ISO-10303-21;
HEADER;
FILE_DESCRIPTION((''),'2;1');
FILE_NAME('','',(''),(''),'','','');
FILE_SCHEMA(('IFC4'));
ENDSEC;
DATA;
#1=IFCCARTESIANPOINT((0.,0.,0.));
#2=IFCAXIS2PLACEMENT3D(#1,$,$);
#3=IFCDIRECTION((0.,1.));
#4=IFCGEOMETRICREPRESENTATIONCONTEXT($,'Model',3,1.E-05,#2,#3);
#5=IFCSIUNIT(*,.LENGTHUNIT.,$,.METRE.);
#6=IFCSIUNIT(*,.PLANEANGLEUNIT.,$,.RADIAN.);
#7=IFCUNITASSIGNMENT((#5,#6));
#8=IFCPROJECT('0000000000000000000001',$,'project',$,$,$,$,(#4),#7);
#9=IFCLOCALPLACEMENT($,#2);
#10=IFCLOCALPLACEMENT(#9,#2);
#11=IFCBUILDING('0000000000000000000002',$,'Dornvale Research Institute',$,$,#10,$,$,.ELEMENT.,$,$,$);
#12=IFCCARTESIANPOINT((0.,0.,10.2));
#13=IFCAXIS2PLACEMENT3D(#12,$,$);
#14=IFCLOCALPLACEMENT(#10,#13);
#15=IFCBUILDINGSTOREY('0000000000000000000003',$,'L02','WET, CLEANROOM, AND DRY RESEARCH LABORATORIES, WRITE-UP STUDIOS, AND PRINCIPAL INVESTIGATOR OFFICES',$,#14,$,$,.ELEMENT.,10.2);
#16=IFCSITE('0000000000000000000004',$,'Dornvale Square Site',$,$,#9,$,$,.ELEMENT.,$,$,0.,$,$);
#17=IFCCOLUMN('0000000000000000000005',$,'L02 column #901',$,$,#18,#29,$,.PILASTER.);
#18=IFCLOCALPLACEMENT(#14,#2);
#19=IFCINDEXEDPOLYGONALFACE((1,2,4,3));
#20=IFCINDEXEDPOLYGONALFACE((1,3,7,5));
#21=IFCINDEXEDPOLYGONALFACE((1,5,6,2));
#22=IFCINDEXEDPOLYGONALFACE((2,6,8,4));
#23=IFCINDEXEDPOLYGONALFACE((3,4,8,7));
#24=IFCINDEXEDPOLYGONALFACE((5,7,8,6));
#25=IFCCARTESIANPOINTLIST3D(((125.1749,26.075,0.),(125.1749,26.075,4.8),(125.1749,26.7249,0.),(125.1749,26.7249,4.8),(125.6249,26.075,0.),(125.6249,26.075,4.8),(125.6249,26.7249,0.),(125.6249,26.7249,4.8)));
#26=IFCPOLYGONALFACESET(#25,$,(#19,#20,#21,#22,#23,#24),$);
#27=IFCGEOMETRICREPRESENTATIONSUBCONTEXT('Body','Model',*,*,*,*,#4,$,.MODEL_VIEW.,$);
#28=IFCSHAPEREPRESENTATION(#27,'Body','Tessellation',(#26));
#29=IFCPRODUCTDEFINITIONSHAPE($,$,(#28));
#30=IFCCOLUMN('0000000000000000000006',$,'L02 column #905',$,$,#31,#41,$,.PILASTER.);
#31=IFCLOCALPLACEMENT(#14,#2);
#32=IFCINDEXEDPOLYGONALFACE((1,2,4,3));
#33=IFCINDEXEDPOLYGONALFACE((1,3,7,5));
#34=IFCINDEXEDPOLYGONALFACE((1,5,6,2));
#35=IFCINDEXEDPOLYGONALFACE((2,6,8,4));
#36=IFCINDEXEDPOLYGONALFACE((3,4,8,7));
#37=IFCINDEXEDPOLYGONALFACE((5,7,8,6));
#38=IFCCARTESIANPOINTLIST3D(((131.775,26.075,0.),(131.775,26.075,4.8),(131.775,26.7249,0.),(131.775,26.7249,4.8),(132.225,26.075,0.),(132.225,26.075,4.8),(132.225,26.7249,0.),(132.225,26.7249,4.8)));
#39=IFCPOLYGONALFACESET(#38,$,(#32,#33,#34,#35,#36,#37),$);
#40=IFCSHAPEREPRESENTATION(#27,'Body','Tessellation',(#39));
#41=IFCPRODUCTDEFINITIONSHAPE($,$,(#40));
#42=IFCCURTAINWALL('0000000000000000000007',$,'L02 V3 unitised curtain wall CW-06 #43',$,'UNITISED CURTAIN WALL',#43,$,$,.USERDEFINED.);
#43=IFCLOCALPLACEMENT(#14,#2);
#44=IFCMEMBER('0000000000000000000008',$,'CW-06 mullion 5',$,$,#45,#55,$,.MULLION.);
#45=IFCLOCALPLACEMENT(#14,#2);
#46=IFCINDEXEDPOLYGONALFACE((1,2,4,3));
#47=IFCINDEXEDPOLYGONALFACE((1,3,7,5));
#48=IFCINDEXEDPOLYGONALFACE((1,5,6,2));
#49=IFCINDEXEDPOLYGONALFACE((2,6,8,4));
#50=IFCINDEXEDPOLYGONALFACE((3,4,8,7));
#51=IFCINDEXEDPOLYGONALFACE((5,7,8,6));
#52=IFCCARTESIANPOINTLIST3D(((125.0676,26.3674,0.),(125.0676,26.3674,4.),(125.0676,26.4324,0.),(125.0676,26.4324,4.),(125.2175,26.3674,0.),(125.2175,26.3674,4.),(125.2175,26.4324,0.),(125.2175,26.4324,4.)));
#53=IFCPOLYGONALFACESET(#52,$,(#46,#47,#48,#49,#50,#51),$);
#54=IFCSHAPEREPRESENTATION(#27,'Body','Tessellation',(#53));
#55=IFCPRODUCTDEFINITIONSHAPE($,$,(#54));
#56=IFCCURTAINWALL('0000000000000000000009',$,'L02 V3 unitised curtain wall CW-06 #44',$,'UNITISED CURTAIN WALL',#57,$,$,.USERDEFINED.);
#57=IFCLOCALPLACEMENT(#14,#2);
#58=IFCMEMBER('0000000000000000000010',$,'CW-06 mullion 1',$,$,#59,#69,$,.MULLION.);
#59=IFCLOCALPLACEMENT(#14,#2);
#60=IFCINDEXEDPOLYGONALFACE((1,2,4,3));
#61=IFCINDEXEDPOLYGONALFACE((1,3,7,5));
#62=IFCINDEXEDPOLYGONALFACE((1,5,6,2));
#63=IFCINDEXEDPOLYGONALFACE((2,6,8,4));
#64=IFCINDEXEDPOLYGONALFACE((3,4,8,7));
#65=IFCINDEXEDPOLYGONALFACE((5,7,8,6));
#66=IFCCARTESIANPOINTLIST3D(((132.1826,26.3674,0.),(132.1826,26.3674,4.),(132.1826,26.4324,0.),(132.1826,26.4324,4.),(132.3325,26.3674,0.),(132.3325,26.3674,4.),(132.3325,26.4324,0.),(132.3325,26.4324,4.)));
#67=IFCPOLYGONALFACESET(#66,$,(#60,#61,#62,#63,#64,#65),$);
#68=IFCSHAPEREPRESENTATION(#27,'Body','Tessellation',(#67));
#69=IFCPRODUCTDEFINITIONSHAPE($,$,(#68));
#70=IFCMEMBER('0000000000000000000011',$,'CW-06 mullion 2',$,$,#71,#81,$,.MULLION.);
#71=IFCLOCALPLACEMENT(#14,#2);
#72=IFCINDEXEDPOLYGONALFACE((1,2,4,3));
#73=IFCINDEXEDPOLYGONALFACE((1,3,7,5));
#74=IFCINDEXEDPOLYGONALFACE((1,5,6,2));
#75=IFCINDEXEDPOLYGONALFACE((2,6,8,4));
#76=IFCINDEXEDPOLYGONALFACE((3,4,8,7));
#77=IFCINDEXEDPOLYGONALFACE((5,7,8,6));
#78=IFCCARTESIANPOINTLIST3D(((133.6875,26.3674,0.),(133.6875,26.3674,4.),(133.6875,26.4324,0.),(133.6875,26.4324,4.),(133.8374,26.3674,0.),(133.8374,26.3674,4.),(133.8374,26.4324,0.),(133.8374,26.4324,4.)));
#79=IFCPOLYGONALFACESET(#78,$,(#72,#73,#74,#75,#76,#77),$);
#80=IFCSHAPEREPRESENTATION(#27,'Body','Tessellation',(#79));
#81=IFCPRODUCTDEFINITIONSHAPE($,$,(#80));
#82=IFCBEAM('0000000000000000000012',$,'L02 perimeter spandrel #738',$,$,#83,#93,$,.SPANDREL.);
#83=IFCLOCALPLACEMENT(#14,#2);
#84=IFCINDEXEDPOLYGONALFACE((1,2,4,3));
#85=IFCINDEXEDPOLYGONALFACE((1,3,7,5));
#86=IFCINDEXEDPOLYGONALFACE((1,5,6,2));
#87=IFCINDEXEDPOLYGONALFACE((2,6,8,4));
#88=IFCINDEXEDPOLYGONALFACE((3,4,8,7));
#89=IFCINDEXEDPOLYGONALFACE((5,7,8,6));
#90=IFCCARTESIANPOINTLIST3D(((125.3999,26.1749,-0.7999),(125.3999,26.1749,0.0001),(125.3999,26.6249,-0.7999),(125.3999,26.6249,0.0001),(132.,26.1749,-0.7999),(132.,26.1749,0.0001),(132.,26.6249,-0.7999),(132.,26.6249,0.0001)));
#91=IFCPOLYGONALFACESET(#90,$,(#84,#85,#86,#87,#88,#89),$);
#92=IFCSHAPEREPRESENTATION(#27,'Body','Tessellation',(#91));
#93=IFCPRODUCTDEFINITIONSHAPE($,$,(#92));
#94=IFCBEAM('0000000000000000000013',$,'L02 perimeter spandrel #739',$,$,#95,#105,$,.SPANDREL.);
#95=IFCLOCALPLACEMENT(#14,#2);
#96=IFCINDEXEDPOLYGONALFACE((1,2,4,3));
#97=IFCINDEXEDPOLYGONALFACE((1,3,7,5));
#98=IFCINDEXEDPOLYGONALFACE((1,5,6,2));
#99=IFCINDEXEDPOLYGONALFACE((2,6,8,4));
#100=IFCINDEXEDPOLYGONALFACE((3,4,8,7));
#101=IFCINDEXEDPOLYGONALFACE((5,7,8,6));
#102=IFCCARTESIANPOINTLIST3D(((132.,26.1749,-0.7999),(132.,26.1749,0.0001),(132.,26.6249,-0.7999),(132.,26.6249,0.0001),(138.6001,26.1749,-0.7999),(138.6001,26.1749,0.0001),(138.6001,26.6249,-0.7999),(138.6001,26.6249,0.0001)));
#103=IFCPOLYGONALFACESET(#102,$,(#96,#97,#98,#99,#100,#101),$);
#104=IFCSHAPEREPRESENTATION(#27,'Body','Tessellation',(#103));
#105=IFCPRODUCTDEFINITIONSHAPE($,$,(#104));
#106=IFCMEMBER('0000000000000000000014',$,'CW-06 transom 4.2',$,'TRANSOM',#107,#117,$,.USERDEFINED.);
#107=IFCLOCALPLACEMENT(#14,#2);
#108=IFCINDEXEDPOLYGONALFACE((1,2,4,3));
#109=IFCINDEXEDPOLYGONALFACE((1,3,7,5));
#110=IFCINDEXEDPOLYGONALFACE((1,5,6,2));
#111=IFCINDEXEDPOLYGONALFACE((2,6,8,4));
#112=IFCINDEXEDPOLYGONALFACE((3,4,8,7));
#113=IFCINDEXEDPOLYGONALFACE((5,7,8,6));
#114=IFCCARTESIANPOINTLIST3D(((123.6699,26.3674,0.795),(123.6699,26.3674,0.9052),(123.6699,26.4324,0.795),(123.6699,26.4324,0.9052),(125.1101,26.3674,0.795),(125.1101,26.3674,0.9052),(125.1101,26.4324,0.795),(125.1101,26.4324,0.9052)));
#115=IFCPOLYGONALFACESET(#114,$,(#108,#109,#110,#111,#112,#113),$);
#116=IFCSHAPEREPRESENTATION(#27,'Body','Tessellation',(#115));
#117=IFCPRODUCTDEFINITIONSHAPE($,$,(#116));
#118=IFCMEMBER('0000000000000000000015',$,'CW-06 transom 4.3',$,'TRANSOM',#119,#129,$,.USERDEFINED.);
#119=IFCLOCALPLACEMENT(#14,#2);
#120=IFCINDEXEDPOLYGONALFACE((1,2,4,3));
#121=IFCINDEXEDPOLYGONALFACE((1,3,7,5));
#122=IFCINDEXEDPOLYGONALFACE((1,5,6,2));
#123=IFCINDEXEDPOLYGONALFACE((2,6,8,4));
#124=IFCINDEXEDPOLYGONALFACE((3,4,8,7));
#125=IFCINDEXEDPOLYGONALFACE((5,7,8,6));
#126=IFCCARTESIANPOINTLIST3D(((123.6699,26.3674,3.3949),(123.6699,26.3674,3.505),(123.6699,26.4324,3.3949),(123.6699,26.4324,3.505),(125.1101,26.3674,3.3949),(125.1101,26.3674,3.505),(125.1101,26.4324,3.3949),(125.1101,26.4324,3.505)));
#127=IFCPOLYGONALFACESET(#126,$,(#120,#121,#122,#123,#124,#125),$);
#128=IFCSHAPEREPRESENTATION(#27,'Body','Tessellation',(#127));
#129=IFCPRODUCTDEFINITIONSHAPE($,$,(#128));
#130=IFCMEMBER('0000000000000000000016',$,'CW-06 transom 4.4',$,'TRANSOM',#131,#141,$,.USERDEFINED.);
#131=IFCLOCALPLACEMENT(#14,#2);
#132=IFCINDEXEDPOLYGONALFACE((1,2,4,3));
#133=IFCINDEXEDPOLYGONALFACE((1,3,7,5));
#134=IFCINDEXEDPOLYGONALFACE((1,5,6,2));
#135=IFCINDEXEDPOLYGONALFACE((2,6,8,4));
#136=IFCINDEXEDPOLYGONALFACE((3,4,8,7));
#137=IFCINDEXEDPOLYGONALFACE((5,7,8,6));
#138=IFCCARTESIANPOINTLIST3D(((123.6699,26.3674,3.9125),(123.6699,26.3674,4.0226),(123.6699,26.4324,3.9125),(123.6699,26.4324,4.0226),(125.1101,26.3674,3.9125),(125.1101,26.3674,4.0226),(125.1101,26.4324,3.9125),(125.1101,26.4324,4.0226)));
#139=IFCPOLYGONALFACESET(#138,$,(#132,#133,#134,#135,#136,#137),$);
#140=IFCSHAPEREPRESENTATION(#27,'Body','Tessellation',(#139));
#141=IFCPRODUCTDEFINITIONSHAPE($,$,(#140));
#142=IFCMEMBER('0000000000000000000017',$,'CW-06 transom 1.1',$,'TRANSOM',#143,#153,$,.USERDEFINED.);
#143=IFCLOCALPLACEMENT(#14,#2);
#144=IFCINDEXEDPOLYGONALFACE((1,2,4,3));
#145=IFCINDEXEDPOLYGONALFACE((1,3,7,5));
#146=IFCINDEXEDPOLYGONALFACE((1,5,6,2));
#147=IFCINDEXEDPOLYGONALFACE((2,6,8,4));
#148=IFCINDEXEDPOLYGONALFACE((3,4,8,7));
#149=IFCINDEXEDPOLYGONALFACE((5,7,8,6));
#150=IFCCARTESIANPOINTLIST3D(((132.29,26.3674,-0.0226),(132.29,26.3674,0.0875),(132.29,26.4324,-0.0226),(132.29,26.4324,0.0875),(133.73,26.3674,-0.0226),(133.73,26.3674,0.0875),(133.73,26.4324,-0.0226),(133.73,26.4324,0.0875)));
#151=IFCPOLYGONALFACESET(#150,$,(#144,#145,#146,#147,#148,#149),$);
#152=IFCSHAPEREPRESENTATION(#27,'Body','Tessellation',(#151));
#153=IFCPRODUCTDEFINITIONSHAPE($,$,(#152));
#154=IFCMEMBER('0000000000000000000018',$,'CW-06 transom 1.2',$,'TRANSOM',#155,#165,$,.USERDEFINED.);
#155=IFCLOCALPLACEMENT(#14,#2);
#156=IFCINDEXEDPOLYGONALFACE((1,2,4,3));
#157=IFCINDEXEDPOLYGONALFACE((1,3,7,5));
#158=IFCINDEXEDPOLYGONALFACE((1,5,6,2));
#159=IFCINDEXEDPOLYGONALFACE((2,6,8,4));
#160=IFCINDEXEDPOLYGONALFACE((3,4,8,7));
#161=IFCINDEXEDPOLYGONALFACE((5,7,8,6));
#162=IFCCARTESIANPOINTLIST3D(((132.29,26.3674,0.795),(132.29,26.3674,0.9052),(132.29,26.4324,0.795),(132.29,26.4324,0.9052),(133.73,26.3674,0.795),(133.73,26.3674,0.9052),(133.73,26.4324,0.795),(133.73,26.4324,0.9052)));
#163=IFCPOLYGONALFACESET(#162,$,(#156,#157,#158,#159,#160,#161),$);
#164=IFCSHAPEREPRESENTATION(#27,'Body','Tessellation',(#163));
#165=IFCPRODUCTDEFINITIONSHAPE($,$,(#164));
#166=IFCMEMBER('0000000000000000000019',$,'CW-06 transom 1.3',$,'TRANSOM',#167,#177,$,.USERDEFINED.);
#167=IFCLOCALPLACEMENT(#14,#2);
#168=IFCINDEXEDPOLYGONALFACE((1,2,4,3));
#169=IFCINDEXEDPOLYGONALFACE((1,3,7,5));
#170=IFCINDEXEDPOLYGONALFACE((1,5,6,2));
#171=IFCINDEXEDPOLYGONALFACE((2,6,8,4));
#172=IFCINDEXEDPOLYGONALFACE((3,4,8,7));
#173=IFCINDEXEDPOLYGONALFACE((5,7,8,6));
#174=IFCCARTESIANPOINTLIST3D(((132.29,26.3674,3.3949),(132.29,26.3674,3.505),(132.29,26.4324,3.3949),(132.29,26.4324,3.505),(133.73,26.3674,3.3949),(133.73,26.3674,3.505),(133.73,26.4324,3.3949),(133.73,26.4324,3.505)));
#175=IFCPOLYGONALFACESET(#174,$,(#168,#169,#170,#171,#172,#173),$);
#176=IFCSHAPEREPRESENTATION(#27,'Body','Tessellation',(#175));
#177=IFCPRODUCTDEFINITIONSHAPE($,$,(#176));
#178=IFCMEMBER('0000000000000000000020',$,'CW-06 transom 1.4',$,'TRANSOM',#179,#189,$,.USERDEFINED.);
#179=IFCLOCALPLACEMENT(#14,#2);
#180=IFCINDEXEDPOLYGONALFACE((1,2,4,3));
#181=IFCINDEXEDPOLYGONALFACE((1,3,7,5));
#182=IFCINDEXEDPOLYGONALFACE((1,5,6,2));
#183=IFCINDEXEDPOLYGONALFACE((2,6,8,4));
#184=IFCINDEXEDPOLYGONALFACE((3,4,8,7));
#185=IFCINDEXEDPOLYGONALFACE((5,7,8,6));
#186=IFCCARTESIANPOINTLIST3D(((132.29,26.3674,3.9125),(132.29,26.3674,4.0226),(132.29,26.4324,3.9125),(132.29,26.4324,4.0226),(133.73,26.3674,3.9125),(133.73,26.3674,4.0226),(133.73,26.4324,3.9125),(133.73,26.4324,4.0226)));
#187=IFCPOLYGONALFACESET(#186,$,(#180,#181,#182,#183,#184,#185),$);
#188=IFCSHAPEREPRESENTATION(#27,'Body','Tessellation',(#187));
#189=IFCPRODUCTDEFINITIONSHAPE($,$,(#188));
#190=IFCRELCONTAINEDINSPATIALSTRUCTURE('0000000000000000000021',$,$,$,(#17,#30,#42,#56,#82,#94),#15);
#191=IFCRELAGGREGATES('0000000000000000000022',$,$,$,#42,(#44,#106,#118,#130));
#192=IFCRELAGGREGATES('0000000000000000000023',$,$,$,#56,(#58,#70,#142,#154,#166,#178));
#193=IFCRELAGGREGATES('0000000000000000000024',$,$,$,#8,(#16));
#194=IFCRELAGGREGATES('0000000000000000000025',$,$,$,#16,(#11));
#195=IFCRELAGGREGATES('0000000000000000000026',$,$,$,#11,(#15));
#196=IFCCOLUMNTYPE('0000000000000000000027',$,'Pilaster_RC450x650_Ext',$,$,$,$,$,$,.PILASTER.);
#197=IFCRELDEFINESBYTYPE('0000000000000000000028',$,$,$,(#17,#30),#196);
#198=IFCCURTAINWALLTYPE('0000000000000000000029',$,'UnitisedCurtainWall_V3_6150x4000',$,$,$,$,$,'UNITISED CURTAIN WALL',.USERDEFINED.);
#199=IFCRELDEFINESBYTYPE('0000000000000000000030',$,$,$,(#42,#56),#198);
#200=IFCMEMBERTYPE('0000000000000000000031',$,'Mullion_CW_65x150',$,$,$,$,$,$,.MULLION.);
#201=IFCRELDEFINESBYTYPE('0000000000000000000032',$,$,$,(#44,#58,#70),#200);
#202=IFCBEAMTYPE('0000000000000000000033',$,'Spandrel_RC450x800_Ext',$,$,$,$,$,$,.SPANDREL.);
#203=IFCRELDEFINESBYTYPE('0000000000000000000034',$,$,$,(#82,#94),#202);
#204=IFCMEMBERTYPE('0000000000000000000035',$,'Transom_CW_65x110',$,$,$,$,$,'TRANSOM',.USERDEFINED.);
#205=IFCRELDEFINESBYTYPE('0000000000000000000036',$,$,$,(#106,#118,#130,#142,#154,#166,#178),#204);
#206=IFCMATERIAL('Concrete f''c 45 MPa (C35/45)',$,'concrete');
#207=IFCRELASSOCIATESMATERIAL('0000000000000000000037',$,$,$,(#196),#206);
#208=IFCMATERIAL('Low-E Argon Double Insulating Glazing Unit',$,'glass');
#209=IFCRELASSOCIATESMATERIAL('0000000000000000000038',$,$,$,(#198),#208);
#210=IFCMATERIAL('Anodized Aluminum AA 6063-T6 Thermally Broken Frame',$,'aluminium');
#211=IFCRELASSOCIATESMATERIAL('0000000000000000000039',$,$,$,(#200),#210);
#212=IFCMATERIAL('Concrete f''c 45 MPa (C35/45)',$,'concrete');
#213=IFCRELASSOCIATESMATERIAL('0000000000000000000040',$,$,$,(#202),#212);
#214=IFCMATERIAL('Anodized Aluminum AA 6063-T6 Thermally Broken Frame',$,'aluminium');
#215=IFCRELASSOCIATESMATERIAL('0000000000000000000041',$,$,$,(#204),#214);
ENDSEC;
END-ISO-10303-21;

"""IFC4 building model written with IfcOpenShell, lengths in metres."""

from ifc_helpers import new_model, si_unit, direction, frame, origin, origin_2d, place, context, subcontext, project, spatial, rectangle, extrude, material, material_profile, profile_set, type_object, element, aggregate, save


model = new_model("IFC4")

# Units and contexts
model_context = context("Model", 3, precision=1e-05, world=origin(), true_north=direction((0.0, 1.0)))
body_context = subcontext(model_context, "Body", "Model", "MODEL_VIEW")
ifc_project = project(units=[si_unit("LENGTHUNIT", "METRE"), si_unit("PLANEANGLEUNIT", "RADIAN")], contexts=[model_context])

# Site, building, storey
site_placement = place(None, origin())
site = spatial("IfcSite", under=ifc_project, at=site_placement, Name="Dornvale Square Site", CompositionType="ELEMENT", RefElevation=0.0)
building_placement = place(site_placement, origin())
building = spatial("IfcBuilding", under=site, at=building_placement, Name="Dornvale Research Institute", CompositionType="ELEMENT")
storey_placement = place(building_placement, frame((0.0, 0.0, 10.2)))
storey = spatial("IfcBuildingStorey", under=building, at=storey_placement, Name="L02", Description="WET, CLEANROOM, AND DRY RESEARCH LABORATORIES, WRITE-UP STUDIOS, AND PRINCIPAL INVESTIGATOR OFFICES", CompositionType="ELEMENT", Elevation=10.2)

# Columns
ifc_material_1 = material(Name="Concrete f'c 45 MPa (C35/45)", Category="concrete")
ifc_material_profile_1 = material_profile(ifc_material_1, rectangle(XDim=0.45, YDim=0.6499, at=origin_2d()), Name="RC 450x650")
ifc_profile_set_1 = profile_set([ifc_material_profile_1], Name="Concrete f'c 45 MPa (C35/45)")
column_type = type_object("IfcColumnType", Name="Pilaster_RC450x650_Ext", PredefinedType="PILASTER", material=ifc_profile_set_1)
for number, where, z_axis, x_axis, name in (
    (1, (125.3999, 26.3999, 0.0), (0.0, 0.0, 1.0), (1.0, 0.0, 0.0), "L02 column #901"),
    (2, (132.0, 26.3999, 0.0), (0.0, 0.0, 1.0), (1.0, 0.0, 0.0), "L02 column #905"),
):
    element("IfcColumn", number, at=place(storey_placement, frame(where, z_axis=z_axis, x_axis=x_axis)), inside=storey, type_object=column_type, Name=name, PredefinedType="PILASTER", context=body_context, shape_type="SweptSolid", body=[
        extrude(rectangle(XDim=0.45, YDim=0.6499, at=origin_2d()), origin(), (0.0, 0.0, 1.0), 4.8),
    ])

# Curtain wall, member
ifc_material_2 = material(Name="Low-E Argon Double Insulating Glazing Unit", Category="glass")
curtain_wall_type = type_object("IfcCurtainWallType", Name="UnitisedCurtainWall_V3_6150x4000", ElementType="UNITISED CURTAIN WALL", PredefinedType="USERDEFINED", material=ifc_material_2)
curtain_wall_1_placement = place(storey_placement, origin())
curtain_wall_1 = element("IfcCurtainWall", 3, at=curtain_wall_1_placement, inside=storey, type_object=curtain_wall_type, Name="L02 V3 unitised curtain wall CW-06 #43", ObjectType="UNITISED CURTAIN WALL", PredefinedType="USERDEFINED")
ifc_material_3 = material(Name="Anodized Aluminum AA 6063-T6 Thermally Broken Frame", Category="aluminium")
ifc_material_profile_2 = material_profile(ifc_material_3, rectangle(XDim=0.0649, YDim=0.1499, at=origin_2d()), Name="ALU MULLION 65x150")
ifc_profile_set_2 = profile_set([ifc_material_profile_2], Name="Anodized Aluminum AA 6063-T6 Thermally Broken Frame")
member_type_1 = type_object("IfcMemberType", Name="Mullion_CW_65x150", PredefinedType="MULLION", material=ifc_profile_set_2)
member_1_placement = place(storey_placement, frame((125.1426, 26.3999, 0.0), z_axis=(0.0, 0.0, 1.0), x_axis=(0.0, 1.0, 0.0)))
member_1 = element("IfcMember", 4, at=member_1_placement, type_object=member_type_1, Name="CW-06 mullion 5", PredefinedType="MULLION", context=body_context, shape_type="SweptSolid", body=[
    extrude(rectangle(XDim=0.0649, YDim=0.1499, at=origin_2d()), origin(), (0.0, 0.0, 1.0), 4.0),
])

# Curtain wall, members
curtain_wall_2_placement = place(storey_placement, origin())
curtain_wall_2 = element("IfcCurtainWall", 5, at=curtain_wall_2_placement, inside=storey, type_object=curtain_wall_type, Name="L02 V3 unitised curtain wall CW-06 #44", ObjectType="UNITISED CURTAIN WALL", PredefinedType="USERDEFINED")
member_2_placement = place(storey_placement, frame((132.2576, 26.3999, 0.0), z_axis=(0.0, 0.0, 1.0), x_axis=(0.0, 1.0, 0.0)))
member_2 = element("IfcMember", 6, at=member_2_placement, type_object=member_type_1, Name="CW-06 mullion 1", PredefinedType="MULLION", context=body_context, shape_type="SweptSolid", body=[
    extrude(rectangle(XDim=0.0649, YDim=0.1499, at=origin_2d()), origin(), (0.0, 0.0, 1.0), 4.0),
])
member_3_placement = place(storey_placement, frame((133.7625, 26.3999, 0.0), z_axis=(0.0, 0.0, 1.0), x_axis=(0.0, 1.0, 0.0)))
member_3 = element("IfcMember", 7, at=member_3_placement, type_object=member_type_1, Name="CW-06 mullion 2", PredefinedType="MULLION", context=body_context, shape_type="SweptSolid", body=[
    extrude(rectangle(XDim=0.0649, YDim=0.1499, at=origin_2d()), origin(), (0.0, 0.0, 1.0), 4.0),
])

# Beams
ifc_material_4 = material(Name="Concrete f'c 45 MPa (C35/45)", Category="concrete")
ifc_material_profile_3 = material_profile(ifc_material_4, rectangle(XDim=0.45, YDim=0.8, at=origin_2d()), Name="RC 450x800")
ifc_profile_set_3 = profile_set([ifc_material_profile_3], Name="Concrete f'c 45 MPa (C35/45)")
beam_type = type_object("IfcBeamType", Name="Spandrel_RC450x800_Ext", PredefinedType="SPANDREL", material=ifc_profile_set_3)
for number, where, z_axis, x_axis, name in (
    (8, (125.3999, 26.3999, -0.3999), (1.0, 0.0, 0.0), (0.0, 1.0, 0.0), "L02 perimeter spandrel #738"),
    (9, (132.0, 26.3999, -0.3999), (1.0, 0.0, 0.0), (0.0, 1.0, 0.0), "L02 perimeter spandrel #739"),
):
    element("IfcBeam", number, at=place(storey_placement, frame(where, z_axis=z_axis, x_axis=x_axis)), inside=storey, type_object=beam_type, Name=name, PredefinedType="SPANDREL", context=body_context, shape_type="SweptSolid", body=[
        extrude(rectangle(XDim=0.45, YDim=0.8, at=origin_2d()), origin(), (0.0, 0.0, 1.0), 6.6001),
    ])

# Members
ifc_material_5 = material(Name="Anodized Aluminum AA 6063-T6 Thermally Broken Frame", Category="aluminium")
ifc_material_profile_4 = material_profile(ifc_material_5, rectangle(XDim=0.0649, YDim=0.1101, at=origin_2d()), Name="ALU TRANSOM 65x110")
ifc_profile_set_4 = profile_set([ifc_material_profile_4], Name="Anodized Aluminum AA 6063-T6 Thermally Broken Frame")
member_type_2 = type_object("IfcMemberType", Name="Transom_CW_65x110", ElementType="TRANSOM", PredefinedType="USERDEFINED", material=ifc_profile_set_4)
member_4_placement = place(storey_placement, frame((123.6699, 26.3999, 0.8501), z_axis=(1.0, 0.0, 0.0), x_axis=(0.0, 1.0, 0.0)))
member_4 = element("IfcMember", 10, at=member_4_placement, type_object=member_type_2, Name="CW-06 transom 4.2", ObjectType="TRANSOM", PredefinedType="USERDEFINED", context=body_context, shape_type="SweptSolid", body=[
    extrude(rectangle(XDim=0.0649, YDim=0.1101, at=origin_2d()), origin(), (0.0, 0.0, 1.0), 1.4402),
])
member_5_placement = place(storey_placement, frame((123.6699, 26.3999, 3.45), z_axis=(1.0, 0.0, 0.0), x_axis=(0.0, 1.0, 0.0)))
member_5 = element("IfcMember", 11, at=member_5_placement, type_object=member_type_2, Name="CW-06 transom 4.3", ObjectType="TRANSOM", PredefinedType="USERDEFINED", context=body_context, shape_type="SweptSolid", body=[
    extrude(rectangle(XDim=0.0649, YDim=0.1101, at=origin_2d()), origin(), (0.0, 0.0, 1.0), 1.4402),
])
member_6_placement = place(storey_placement, frame((123.6699, 26.3999, 3.9675), z_axis=(1.0, 0.0, 0.0), x_axis=(0.0, 1.0, 0.0)))
member_6 = element("IfcMember", 12, at=member_6_placement, type_object=member_type_2, Name="CW-06 transom 4.4", ObjectType="TRANSOM", PredefinedType="USERDEFINED", context=body_context, shape_type="SweptSolid", body=[
    extrude(rectangle(XDim=0.0649, YDim=0.1101, at=origin_2d()), origin(), (0.0, 0.0, 1.0), 1.4402),
])
member_7_placement = place(storey_placement, frame((132.29, 26.3999, 0.0325), z_axis=(1.0, 0.0, 0.0), x_axis=(0.0, 1.0, 0.0)))
member_7 = element("IfcMember", 13, at=member_7_placement, type_object=member_type_2, Name="CW-06 transom 1.1", ObjectType="TRANSOM", PredefinedType="USERDEFINED", context=body_context, shape_type="SweptSolid", body=[
    extrude(rectangle(XDim=0.0649, YDim=0.1101, at=origin_2d()), origin(), (0.0, 0.0, 1.0), 1.4399),
])
member_8_placement = place(storey_placement, frame((132.29, 26.3999, 0.8501), z_axis=(1.0, 0.0, 0.0), x_axis=(0.0, 1.0, 0.0)))
member_8 = element("IfcMember", 14, at=member_8_placement, type_object=member_type_2, Name="CW-06 transom 1.2", ObjectType="TRANSOM", PredefinedType="USERDEFINED", context=body_context, shape_type="SweptSolid", body=[
    extrude(rectangle(XDim=0.0649, YDim=0.1101, at=origin_2d()), origin(), (0.0, 0.0, 1.0), 1.4399),
])
member_9_placement = place(storey_placement, frame((132.29, 26.3999, 3.45), z_axis=(1.0, 0.0, 0.0), x_axis=(0.0, 1.0, 0.0)))
member_9 = element("IfcMember", 15, at=member_9_placement, type_object=member_type_2, Name="CW-06 transom 1.3", ObjectType="TRANSOM", PredefinedType="USERDEFINED", context=body_context, shape_type="SweptSolid", body=[
    extrude(rectangle(XDim=0.0649, YDim=0.1101, at=origin_2d()), origin(), (0.0, 0.0, 1.0), 1.4399),
])
member_10_placement = place(storey_placement, frame((132.29, 26.3999, 3.9675), z_axis=(1.0, 0.0, 0.0), x_axis=(0.0, 1.0, 0.0)))
member_10 = element("IfcMember", 16, at=member_10_placement, type_object=member_type_2, Name="CW-06 transom 1.4", ObjectType="TRANSOM", PredefinedType="USERDEFINED", context=body_context, shape_type="SweptSolid", body=[
    extrude(rectangle(XDim=0.0649, YDim=0.1101, at=origin_2d()), origin(), (0.0, 0.0, 1.0), 1.4399),
])

aggregate(curtain_wall_1, [member_1, member_4, member_5, member_6])
aggregate(curtain_wall_2, [member_2, member_3, member_7, member_8, member_9, member_10])

save(model, "model.ifc")
